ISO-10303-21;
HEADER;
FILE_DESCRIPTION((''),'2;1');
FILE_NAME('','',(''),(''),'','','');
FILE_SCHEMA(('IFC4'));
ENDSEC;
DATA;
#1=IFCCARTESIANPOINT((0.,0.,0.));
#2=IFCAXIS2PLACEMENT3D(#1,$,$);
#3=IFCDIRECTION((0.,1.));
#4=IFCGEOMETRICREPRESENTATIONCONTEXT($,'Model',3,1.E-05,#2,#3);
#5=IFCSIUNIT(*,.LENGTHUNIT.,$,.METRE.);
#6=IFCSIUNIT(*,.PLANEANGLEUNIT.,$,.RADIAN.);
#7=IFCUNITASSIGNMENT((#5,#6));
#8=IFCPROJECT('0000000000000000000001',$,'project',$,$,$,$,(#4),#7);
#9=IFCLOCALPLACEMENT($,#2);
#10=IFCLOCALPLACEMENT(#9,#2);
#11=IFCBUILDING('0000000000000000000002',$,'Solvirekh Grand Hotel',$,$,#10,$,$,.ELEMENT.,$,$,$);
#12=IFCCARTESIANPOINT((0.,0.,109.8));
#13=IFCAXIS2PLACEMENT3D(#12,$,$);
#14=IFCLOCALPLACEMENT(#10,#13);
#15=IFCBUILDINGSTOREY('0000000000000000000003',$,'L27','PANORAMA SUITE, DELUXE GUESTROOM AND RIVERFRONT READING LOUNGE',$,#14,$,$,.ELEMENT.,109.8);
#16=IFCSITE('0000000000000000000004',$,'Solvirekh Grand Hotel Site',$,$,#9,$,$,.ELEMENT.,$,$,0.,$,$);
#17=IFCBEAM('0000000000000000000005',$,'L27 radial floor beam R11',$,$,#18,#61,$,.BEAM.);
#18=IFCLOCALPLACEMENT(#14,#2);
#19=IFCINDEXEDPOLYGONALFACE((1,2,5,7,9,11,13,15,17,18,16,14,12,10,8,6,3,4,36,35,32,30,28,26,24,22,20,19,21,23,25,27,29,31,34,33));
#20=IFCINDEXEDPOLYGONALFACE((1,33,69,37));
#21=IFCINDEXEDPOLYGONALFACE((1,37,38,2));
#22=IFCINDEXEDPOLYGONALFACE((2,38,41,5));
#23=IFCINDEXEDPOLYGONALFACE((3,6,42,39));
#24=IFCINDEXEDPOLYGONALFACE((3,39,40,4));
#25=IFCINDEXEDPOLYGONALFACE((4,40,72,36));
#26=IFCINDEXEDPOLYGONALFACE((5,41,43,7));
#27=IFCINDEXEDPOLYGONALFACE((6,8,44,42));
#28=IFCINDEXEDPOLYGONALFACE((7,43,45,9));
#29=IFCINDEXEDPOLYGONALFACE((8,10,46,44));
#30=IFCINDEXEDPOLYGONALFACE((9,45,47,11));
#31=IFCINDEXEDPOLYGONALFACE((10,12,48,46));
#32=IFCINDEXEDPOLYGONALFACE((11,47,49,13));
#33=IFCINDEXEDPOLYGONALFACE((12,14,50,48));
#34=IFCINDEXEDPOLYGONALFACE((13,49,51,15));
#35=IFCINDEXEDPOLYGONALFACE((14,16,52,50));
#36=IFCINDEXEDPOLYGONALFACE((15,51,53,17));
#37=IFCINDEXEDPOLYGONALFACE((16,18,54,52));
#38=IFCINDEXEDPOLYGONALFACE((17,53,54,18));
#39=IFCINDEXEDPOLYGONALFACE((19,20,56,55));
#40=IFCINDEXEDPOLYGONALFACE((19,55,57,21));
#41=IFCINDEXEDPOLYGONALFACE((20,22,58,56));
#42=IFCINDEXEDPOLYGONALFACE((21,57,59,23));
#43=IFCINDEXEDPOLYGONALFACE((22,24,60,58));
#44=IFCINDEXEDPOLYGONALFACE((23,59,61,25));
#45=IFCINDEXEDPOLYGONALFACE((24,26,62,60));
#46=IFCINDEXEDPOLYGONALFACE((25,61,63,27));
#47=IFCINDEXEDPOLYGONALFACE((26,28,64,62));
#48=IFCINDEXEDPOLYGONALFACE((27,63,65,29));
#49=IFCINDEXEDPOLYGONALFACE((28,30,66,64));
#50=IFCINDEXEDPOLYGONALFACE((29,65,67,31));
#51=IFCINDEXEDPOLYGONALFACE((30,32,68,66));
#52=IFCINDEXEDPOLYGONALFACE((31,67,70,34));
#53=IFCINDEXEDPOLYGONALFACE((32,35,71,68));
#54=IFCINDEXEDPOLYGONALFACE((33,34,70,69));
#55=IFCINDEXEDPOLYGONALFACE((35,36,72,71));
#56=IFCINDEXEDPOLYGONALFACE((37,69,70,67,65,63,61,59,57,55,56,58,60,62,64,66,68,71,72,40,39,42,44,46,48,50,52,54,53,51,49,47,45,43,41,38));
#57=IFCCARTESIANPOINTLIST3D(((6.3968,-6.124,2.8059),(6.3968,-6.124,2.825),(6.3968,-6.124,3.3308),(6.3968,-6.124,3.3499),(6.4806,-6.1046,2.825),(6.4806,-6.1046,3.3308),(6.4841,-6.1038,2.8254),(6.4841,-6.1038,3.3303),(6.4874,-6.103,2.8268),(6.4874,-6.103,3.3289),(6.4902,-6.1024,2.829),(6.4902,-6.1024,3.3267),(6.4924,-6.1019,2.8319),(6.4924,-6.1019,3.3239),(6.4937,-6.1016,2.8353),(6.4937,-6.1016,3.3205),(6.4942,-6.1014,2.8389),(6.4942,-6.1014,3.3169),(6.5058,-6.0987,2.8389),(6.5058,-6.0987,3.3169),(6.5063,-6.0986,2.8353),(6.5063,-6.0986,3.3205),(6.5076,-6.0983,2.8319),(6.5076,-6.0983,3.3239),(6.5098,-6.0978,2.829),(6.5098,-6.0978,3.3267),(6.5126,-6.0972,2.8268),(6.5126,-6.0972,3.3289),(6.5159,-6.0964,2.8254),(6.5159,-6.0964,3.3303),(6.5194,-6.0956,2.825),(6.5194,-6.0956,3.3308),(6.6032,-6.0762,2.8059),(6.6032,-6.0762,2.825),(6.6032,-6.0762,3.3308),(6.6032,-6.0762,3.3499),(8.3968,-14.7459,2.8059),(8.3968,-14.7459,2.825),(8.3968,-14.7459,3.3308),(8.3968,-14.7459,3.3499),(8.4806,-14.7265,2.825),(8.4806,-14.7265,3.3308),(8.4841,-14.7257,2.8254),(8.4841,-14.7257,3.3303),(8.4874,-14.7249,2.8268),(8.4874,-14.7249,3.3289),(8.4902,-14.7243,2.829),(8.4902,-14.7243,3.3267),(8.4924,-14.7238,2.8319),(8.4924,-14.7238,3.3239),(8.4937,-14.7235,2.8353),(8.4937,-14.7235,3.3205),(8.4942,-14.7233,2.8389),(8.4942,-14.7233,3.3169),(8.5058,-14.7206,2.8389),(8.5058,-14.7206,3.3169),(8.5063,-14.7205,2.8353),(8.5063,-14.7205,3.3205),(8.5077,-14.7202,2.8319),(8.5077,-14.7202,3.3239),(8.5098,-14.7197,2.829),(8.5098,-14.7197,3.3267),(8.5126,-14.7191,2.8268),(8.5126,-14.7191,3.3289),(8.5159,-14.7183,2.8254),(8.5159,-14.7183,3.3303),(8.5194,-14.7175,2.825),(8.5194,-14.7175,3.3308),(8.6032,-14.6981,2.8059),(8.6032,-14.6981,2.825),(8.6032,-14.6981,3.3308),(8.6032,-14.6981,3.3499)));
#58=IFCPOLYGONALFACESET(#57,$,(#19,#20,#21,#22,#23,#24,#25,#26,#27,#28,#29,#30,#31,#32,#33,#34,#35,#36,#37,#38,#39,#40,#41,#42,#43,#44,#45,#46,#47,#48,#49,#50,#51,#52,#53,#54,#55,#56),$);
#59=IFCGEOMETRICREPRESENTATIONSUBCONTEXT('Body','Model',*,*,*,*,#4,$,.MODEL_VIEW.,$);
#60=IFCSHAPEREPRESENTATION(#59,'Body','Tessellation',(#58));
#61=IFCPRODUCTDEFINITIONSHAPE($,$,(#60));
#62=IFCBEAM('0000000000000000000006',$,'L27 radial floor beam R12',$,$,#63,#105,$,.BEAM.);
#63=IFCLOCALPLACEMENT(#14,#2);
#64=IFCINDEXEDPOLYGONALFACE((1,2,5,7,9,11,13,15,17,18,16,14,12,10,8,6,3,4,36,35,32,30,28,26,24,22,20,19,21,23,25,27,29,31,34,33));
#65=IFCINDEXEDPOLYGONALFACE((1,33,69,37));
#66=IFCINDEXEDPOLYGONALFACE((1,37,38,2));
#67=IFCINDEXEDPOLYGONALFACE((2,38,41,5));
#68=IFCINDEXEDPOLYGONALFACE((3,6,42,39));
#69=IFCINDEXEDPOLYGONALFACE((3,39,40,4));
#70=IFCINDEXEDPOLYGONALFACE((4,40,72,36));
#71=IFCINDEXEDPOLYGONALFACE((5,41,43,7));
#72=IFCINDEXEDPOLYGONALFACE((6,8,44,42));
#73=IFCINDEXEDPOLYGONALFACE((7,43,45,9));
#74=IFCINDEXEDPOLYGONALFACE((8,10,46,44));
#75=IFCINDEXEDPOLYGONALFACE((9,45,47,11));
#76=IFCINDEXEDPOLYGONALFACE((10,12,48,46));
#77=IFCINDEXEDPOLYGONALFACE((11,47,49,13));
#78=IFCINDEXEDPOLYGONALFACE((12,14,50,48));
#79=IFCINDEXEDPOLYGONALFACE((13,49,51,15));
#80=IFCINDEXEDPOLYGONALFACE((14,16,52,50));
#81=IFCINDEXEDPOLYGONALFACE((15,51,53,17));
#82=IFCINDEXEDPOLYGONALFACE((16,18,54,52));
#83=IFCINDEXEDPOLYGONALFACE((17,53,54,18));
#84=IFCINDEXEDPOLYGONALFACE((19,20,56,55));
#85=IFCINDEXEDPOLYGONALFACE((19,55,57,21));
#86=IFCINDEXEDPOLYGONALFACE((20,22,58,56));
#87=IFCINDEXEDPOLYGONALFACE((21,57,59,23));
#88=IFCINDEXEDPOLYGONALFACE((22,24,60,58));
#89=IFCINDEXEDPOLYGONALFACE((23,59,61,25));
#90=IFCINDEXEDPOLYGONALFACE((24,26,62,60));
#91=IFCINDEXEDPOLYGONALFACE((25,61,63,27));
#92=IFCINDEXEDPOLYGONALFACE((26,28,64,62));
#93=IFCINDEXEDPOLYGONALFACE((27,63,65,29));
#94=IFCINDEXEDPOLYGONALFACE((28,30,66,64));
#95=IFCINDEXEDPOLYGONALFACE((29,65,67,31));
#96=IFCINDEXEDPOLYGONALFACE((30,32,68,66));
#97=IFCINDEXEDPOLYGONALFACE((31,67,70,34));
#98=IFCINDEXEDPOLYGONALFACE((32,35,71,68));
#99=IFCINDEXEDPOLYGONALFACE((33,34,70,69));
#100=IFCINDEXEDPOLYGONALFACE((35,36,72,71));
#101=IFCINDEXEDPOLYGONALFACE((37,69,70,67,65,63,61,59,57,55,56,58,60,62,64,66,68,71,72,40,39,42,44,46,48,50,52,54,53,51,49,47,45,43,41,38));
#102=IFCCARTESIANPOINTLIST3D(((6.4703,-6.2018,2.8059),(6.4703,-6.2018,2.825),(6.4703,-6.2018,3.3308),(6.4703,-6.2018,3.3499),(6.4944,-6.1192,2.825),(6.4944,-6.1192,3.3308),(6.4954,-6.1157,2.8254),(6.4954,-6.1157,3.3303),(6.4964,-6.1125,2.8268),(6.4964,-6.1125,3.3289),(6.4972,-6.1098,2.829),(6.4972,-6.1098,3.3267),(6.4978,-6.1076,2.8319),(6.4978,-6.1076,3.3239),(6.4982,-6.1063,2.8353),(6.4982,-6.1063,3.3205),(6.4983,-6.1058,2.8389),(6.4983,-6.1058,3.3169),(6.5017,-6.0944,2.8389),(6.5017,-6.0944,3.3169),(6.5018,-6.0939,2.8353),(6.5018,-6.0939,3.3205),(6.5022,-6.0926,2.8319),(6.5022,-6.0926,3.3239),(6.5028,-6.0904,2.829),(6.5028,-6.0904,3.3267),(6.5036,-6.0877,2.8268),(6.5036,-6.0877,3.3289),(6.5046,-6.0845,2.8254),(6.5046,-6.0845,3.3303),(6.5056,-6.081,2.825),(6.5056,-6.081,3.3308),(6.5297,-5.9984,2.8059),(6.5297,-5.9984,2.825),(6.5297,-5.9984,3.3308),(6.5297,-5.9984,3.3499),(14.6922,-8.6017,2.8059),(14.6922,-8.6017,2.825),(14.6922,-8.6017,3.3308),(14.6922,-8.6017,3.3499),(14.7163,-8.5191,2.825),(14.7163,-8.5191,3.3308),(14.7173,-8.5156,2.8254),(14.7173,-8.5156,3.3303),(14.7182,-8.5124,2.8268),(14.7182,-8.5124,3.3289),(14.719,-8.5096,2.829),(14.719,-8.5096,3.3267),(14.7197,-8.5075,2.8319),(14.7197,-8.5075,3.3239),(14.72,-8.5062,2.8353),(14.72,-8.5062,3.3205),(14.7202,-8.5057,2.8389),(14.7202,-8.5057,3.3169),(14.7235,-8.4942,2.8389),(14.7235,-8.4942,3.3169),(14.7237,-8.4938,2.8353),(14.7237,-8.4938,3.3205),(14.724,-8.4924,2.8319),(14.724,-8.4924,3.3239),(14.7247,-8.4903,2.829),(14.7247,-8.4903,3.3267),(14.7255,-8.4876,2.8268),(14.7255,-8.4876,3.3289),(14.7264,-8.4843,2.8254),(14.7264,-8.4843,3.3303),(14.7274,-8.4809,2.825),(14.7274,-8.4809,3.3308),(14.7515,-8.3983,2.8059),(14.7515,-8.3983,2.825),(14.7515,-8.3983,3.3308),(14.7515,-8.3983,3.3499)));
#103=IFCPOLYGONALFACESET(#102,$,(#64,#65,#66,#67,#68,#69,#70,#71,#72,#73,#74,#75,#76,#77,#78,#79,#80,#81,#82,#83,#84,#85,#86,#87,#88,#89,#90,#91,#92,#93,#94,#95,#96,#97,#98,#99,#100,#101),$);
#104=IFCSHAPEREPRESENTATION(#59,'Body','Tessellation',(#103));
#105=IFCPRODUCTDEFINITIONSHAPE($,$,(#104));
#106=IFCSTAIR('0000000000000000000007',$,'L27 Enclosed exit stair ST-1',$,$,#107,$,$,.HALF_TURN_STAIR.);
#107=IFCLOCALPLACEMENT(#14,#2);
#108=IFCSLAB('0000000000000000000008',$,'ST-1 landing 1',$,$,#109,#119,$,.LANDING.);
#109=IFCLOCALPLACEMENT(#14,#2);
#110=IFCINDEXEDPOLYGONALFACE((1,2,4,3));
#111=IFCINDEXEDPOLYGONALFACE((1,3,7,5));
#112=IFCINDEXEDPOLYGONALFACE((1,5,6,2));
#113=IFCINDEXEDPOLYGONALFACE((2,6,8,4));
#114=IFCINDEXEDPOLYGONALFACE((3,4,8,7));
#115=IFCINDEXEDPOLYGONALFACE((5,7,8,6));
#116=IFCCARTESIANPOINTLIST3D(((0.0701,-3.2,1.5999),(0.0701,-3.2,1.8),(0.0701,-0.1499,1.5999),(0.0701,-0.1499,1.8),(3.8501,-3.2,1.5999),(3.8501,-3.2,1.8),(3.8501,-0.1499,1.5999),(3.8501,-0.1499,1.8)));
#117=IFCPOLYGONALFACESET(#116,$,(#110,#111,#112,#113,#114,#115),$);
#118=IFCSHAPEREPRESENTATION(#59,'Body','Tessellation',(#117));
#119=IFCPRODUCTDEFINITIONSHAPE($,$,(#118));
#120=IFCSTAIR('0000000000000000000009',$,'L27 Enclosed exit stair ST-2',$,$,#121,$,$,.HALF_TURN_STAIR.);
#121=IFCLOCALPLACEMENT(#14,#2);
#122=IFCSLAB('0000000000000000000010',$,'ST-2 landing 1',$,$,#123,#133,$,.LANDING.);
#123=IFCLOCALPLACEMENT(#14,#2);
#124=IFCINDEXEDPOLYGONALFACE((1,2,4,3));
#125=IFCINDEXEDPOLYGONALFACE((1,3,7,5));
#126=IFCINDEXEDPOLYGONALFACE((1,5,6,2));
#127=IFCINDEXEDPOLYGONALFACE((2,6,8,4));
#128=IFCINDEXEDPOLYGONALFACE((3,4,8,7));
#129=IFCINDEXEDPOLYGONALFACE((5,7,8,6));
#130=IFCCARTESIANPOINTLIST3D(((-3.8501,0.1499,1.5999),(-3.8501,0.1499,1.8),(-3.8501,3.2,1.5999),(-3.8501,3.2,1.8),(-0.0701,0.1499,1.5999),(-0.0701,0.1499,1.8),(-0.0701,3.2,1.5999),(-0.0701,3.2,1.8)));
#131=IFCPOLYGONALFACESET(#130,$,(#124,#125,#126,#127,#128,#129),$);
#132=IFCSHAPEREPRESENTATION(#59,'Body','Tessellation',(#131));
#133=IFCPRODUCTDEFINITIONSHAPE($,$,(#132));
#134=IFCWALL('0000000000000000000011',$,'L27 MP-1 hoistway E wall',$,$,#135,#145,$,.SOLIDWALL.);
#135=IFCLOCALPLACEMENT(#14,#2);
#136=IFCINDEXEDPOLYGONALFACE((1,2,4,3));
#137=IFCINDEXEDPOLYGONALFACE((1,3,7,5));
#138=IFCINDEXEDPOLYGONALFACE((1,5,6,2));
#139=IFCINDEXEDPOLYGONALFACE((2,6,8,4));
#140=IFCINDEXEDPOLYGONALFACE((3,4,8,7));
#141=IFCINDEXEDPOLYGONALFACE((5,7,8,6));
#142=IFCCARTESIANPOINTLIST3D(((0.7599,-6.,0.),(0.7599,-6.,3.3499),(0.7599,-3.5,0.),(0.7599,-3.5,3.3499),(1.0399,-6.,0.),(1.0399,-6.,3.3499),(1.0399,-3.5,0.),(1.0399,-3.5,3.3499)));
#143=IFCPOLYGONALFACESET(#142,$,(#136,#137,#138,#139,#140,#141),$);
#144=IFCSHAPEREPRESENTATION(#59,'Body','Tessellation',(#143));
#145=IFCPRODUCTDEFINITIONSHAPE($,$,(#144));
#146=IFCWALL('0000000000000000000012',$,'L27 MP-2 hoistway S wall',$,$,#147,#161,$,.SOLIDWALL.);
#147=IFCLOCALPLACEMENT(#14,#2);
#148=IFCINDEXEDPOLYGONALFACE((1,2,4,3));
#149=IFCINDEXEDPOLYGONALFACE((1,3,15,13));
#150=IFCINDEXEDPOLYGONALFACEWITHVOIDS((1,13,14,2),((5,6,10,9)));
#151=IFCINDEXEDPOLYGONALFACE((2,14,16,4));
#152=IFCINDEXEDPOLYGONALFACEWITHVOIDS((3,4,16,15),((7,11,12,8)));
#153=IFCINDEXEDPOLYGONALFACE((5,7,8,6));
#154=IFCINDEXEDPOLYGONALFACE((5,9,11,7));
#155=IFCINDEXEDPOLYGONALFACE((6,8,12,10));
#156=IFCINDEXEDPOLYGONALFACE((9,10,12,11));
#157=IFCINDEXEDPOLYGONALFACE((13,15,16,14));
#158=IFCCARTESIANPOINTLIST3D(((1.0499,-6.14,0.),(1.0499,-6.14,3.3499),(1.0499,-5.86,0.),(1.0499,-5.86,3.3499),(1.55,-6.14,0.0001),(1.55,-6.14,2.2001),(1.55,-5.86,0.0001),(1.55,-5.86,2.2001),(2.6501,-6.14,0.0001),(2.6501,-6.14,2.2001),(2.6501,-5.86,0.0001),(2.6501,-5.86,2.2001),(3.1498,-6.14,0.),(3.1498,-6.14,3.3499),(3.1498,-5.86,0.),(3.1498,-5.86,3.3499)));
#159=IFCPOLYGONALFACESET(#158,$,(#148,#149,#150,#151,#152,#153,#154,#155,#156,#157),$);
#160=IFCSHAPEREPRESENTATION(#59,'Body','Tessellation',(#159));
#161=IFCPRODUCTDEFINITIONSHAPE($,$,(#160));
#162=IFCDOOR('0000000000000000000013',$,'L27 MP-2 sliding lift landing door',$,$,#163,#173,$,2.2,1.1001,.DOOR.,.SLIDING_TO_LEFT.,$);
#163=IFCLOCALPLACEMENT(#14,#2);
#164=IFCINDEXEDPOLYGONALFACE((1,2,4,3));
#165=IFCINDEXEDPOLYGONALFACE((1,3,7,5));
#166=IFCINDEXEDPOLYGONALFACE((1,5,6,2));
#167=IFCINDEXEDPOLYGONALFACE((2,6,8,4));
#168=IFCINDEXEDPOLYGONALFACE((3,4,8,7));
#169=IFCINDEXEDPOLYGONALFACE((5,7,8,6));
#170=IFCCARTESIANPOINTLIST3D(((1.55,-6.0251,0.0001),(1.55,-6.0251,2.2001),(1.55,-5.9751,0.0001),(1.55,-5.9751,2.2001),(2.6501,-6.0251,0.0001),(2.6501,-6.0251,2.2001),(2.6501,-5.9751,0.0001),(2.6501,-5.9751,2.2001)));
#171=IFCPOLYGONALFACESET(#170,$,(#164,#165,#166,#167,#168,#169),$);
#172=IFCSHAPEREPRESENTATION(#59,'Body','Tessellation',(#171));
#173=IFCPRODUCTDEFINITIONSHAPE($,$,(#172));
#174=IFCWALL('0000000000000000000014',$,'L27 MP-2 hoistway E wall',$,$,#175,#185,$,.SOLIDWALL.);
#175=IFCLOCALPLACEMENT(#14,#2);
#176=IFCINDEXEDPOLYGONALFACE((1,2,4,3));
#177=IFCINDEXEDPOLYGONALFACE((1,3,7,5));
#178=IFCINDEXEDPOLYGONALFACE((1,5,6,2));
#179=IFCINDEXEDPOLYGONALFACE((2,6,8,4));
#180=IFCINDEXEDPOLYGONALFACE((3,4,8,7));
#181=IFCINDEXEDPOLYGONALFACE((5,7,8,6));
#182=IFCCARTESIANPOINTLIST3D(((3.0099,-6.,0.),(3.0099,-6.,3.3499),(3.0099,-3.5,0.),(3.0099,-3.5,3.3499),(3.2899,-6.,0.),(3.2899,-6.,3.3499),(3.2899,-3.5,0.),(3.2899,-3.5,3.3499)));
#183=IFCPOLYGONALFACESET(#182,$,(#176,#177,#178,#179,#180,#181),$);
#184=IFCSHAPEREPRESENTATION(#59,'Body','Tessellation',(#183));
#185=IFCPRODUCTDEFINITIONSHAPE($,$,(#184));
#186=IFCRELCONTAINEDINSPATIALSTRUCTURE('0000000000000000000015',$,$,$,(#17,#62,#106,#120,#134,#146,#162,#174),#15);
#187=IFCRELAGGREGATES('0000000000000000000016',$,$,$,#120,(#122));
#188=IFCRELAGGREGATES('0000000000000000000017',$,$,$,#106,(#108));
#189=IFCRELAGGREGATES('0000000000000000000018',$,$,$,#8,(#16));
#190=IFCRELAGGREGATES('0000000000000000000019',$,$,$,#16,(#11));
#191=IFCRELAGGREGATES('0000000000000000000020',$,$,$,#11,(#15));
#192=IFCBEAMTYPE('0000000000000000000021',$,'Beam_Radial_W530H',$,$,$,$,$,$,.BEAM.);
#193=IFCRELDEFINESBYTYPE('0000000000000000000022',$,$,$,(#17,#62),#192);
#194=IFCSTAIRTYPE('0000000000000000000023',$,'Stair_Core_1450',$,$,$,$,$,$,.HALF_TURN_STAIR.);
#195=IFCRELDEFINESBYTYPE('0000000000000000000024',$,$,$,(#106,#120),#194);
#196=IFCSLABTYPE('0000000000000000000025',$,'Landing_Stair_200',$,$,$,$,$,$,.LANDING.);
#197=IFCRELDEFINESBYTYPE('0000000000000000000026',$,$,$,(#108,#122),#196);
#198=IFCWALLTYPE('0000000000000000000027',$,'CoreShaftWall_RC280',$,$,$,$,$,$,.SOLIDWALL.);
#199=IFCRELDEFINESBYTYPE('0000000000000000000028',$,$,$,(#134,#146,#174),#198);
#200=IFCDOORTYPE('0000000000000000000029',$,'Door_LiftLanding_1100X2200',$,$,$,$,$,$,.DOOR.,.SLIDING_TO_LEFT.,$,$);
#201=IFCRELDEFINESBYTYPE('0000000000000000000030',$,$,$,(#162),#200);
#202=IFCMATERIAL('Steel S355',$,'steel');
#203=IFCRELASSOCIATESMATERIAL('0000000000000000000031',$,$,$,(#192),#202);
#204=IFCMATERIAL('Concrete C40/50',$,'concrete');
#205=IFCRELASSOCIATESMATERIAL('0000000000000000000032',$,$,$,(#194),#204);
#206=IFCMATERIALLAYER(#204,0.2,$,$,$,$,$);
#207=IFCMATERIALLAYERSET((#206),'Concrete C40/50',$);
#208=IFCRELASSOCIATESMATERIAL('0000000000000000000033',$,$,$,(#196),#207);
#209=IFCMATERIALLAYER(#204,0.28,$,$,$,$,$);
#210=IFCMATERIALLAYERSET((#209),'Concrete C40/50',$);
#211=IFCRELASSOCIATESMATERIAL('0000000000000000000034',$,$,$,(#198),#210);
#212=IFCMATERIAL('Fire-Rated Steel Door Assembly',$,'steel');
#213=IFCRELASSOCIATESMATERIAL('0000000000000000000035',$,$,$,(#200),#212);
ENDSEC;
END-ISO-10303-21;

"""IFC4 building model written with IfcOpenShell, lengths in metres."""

from ifc_helpers import new_model, si_unit, direction, frame, frame_2d, origin, origin_2d, place, context, subcontext, project, spatial, polyline, rectangle, i_section, outline, extrude, material, layer, layer_set, material_profile, profile_set, type_object, element, fill, aggregate, save


model = new_model("IFC4")

# Units and contexts
model_context = context("Model", 3, precision=1e-05, world=origin(), true_north=direction((0.0, 1.0)))
body_context = subcontext(model_context, "Body", "Model", "MODEL_VIEW")
ifc_project = project(units=[si_unit("LENGTHUNIT", "METRE"), si_unit("PLANEANGLEUNIT", "RADIAN")], contexts=[model_context])

# Site, building, storey
site_placement = place(None, origin())
site = spatial("IfcSite", under=ifc_project, at=site_placement, Name="Solvirekh Grand Hotel Site", CompositionType="ELEMENT", RefElevation=0.0)
building_placement = place(site_placement, origin())
building = spatial("IfcBuilding", under=site, at=building_placement, Name="Solvirekh Grand Hotel", CompositionType="ELEMENT")
storey_placement = place(building_placement, frame((0.0, 0.0, 109.8)))
storey = spatial("IfcBuildingStorey", under=building, at=storey_placement, Name="L27", Description="PANORAMA SUITE, DELUXE GUESTROOM AND RIVERFRONT READING LOUNGE", CompositionType="ELEMENT", Elevation=109.8)

# Beams
ifc_material_1 = material(Name="Steel S355", Category="steel")
ifc_material_profile = material_profile(ifc_material_1, i_section(OverallWidth=0.2119, OverallDepth=0.5439, WebThickness=0.012, FlangeThickness=0.019, FilletRadius=0.0139, at=origin_2d()), Name="W530X123")
ifc_profile_set = profile_set([ifc_material_profile], Name="Steel S355")
beam_type = type_object("IfcBeamType", Name="Beam_Radial_W530H", PredefinedType="BEAM", material=ifc_profile_set)
beam_1_placement = place(storey_placement, frame((6.5, -6.1001, 3.0779), z_axis=(0.225969, -0.974134, 0.0), x_axis=(0.974134, 0.225969, 0.0)))
element("IfcBeam", 1, at=beam_1_placement, inside=storey, type_object=beam_type, Name="L27 radial floor beam R11", PredefinedType="BEAM", context=body_context, shape_type="SweptSolid", body=[
    extrude(i_section(OverallWidth=0.2119, OverallDepth=0.5439, WebThickness=0.012, FlangeThickness=0.019, FilletRadius=0.0139, at=origin_2d()), origin(), (0.0, 0.0, 1.0), 8.8508),
])
beam_2_placement = place(storey_placement, frame((6.5, -6.1001, 3.0779), z_axis=(0.959942, -0.280198, 0.0), x_axis=(0.280198, 0.959942, 0.0)))
element("IfcBeam", 2, at=beam_2_placement, inside=storey, type_object=beam_type, Name="L27 radial floor beam R12", PredefinedType="BEAM", context=body_context, shape_type="SweptSolid", body=[
    extrude(i_section(OverallWidth=0.2119, OverallDepth=0.5439, WebThickness=0.012, FlangeThickness=0.019, FilletRadius=0.0139, at=origin_2d()), origin(), (0.0, 0.0, 1.0), 8.5649),
])

# Stairs, slabs
ifc_material_2 = material(Name="Concrete C40/50", Category="concrete")
stair_type = type_object("IfcStairType", Name="Stair_Core_1450", PredefinedType="HALF_TURN_STAIR", material=ifc_material_2)
stair_1_placement = place(storey_placement, origin())
stair_1 = element("IfcStair", 3, at=stair_1_placement, inside=storey, type_object=stair_type, Name="L27 Enclosed exit stair ST-1", PredefinedType="HALF_TURN_STAIR")
ifc_layer_1 = layer(ifc_material_2, 0.2)
ifc_layer_set_1 = layer_set([ifc_layer_1], Name="Concrete C40/50")
slab_type = type_object("IfcSlabType", Name="Landing_Stair_200", PredefinedType="LANDING", material=ifc_layer_set_1)
slab_1_placement = place(storey_placement, frame((0.0, 0.0, 1.5999)))
slab_1 = element("IfcSlab", 4, at=slab_1_placement, type_object=slab_type, Name="ST-1 landing 1", PredefinedType="LANDING", context=body_context, shape_type="SweptSolid", body=[
    extrude(outline(polyline([(0.0701, -3.2), (3.8501, -3.2), (3.8501, -0.1499), (0.0701, -0.1499), (0.0701, -3.2)])), origin(), (0.0, 0.0, 1.0), 0.2002),
])
stair_2_placement = place(storey_placement, origin())
stair_2 = element("IfcStair", 5, at=stair_2_placement, inside=storey, type_object=stair_type, Name="L27 Enclosed exit stair ST-2", PredefinedType="HALF_TURN_STAIR")
slab_2_placement = place(storey_placement, frame((0.0, 0.0, 1.5999)))
slab_2 = element("IfcSlab", 6, at=slab_2_placement, type_object=slab_type, Name="ST-2 landing 1", PredefinedType="LANDING", context=body_context, shape_type="SweptSolid", body=[
    extrude(outline(polyline([(-0.0701, 3.2), (-3.8501, 3.2), (-3.8501, 0.1499), (-0.0701, 0.1499), (-0.0701, 3.2)])), origin(), (0.0, 0.0, 1.0), 0.2002),
])
aggregate(stair_2, [slab_2])

# Wall
ifc_layer_2 = layer(ifc_material_2, 0.28)
ifc_layer_set_2 = layer_set([ifc_layer_2], Name="Concrete C40/50")
wall_type_1 = type_object("IfcWallType", Name="CoreShaftWall_RC280", PredefinedType="SOLIDWALL", material=ifc_layer_set_2)
wall_1_placement = place(storey_placement, frame((0.8999, -6.0, 0.0), z_axis=(0.0, 0.0, 1.0), x_axis=(0.0, 1.0, 0.0)))
element("IfcWall", 7, at=wall_1_placement, inside=storey, type_object=wall_type_1, Name="L27 MP-1 hoistway E wall", PredefinedType="SOLIDWALL", context=body_context, shape_type="SweptSolid", body=[
    extrude(rectangle(XDim=2.5, YDim=0.28, at=frame_2d((1.25, 0.0))), origin(), (0.0, 0.0, 1.0), 3.3499),
])

# Wall, opening, door
wall_2_placement = place(storey_placement, frame((1.05, -6.0, 0.0), z_axis=(0.0, 0.0, 1.0), x_axis=(1.0, 0.0, 0.0)))
wall_2 = element("IfcWall", 8, at=wall_2_placement, inside=storey, type_object=wall_type_1, Name="L27 MP-2 hoistway S wall", PredefinedType="SOLIDWALL", context=body_context, shape_type="SweptSolid", body=[
    extrude(rectangle(XDim=2.0999, YDim=0.28, at=frame_2d((1.0498, 0.0))), origin(), (0.0, 0.0, 1.0), 3.3499),
])
opening_1_placement = place(wall_2_placement, frame((0.5, 0.0, 0.0)))
opening_1 = element("IfcOpeningElement", 9, at=opening_1_placement, cuts=wall_2, PredefinedType="OPENING", context=body_context, shape_type="SweptSolid", body=[
    extrude(rectangle(XDim=1.1001, YDim=2.2, at=frame_2d((0.55, 1.1001))), frame((0.0, 0.1499, 0.0), z_axis=(0.0, -1.0, 0.0), x_axis=(1.0, 0.0, 0.0)), (0.0, 0.0, 1.0), 0.3),
])
ifc_material_3 = material(Name="Fire-Rated Steel Door Assembly", Category="steel")
door_type_1 = type_object("IfcDoorType", Name="Door_LiftLanding_1100X2200", OperationType="SLIDING_TO_LEFT", PredefinedType="DOOR", material=ifc_material_3)
door_1_placement = place(opening_1_placement, origin())
door_1 = element("IfcDoor", 10, at=door_1_placement, inside=storey, type_object=door_type_1, Name="L27 MP-2 sliding lift landing door", OperationType="SLIDING_TO_LEFT", OverallHeight=2.2, OverallWidth=1.1001, PredefinedType="DOOR", context=body_context, shape_type="SweptSolid", body=[
    extrude(rectangle(XDim=1.1001, YDim=2.2, at=frame_2d((0.55, 1.1001))), frame((0.0, 0.0249, 0.0), z_axis=(0.0, -1.0, 0.0), x_axis=(1.0, 0.0, 0.0)), (0.0, 0.0, 1.0), 0.05),
])
fill(opening_1, door_1)

# Wall
wall_3_placement = place(storey_placement, frame((3.1499, -6.0, 0.0), z_axis=(0.0, 0.0, 1.0), x_axis=(0.0, 1.0, 0.0)))
element("IfcWall", 11, at=wall_3_placement, inside=storey, type_object=wall_type_1, Name="L27 MP-2 hoistway E wall", PredefinedType="SOLIDWALL", context=body_context, shape_type="SweptSolid", body=[
    extrude(rectangle(XDim=2.5, YDim=0.28, at=frame_2d((1.25, 0.0))), origin(), (0.0, 0.0, 1.0), 3.3499),
])

aggregate(stair_1, [slab_1])

save(model, "model.ifc")
